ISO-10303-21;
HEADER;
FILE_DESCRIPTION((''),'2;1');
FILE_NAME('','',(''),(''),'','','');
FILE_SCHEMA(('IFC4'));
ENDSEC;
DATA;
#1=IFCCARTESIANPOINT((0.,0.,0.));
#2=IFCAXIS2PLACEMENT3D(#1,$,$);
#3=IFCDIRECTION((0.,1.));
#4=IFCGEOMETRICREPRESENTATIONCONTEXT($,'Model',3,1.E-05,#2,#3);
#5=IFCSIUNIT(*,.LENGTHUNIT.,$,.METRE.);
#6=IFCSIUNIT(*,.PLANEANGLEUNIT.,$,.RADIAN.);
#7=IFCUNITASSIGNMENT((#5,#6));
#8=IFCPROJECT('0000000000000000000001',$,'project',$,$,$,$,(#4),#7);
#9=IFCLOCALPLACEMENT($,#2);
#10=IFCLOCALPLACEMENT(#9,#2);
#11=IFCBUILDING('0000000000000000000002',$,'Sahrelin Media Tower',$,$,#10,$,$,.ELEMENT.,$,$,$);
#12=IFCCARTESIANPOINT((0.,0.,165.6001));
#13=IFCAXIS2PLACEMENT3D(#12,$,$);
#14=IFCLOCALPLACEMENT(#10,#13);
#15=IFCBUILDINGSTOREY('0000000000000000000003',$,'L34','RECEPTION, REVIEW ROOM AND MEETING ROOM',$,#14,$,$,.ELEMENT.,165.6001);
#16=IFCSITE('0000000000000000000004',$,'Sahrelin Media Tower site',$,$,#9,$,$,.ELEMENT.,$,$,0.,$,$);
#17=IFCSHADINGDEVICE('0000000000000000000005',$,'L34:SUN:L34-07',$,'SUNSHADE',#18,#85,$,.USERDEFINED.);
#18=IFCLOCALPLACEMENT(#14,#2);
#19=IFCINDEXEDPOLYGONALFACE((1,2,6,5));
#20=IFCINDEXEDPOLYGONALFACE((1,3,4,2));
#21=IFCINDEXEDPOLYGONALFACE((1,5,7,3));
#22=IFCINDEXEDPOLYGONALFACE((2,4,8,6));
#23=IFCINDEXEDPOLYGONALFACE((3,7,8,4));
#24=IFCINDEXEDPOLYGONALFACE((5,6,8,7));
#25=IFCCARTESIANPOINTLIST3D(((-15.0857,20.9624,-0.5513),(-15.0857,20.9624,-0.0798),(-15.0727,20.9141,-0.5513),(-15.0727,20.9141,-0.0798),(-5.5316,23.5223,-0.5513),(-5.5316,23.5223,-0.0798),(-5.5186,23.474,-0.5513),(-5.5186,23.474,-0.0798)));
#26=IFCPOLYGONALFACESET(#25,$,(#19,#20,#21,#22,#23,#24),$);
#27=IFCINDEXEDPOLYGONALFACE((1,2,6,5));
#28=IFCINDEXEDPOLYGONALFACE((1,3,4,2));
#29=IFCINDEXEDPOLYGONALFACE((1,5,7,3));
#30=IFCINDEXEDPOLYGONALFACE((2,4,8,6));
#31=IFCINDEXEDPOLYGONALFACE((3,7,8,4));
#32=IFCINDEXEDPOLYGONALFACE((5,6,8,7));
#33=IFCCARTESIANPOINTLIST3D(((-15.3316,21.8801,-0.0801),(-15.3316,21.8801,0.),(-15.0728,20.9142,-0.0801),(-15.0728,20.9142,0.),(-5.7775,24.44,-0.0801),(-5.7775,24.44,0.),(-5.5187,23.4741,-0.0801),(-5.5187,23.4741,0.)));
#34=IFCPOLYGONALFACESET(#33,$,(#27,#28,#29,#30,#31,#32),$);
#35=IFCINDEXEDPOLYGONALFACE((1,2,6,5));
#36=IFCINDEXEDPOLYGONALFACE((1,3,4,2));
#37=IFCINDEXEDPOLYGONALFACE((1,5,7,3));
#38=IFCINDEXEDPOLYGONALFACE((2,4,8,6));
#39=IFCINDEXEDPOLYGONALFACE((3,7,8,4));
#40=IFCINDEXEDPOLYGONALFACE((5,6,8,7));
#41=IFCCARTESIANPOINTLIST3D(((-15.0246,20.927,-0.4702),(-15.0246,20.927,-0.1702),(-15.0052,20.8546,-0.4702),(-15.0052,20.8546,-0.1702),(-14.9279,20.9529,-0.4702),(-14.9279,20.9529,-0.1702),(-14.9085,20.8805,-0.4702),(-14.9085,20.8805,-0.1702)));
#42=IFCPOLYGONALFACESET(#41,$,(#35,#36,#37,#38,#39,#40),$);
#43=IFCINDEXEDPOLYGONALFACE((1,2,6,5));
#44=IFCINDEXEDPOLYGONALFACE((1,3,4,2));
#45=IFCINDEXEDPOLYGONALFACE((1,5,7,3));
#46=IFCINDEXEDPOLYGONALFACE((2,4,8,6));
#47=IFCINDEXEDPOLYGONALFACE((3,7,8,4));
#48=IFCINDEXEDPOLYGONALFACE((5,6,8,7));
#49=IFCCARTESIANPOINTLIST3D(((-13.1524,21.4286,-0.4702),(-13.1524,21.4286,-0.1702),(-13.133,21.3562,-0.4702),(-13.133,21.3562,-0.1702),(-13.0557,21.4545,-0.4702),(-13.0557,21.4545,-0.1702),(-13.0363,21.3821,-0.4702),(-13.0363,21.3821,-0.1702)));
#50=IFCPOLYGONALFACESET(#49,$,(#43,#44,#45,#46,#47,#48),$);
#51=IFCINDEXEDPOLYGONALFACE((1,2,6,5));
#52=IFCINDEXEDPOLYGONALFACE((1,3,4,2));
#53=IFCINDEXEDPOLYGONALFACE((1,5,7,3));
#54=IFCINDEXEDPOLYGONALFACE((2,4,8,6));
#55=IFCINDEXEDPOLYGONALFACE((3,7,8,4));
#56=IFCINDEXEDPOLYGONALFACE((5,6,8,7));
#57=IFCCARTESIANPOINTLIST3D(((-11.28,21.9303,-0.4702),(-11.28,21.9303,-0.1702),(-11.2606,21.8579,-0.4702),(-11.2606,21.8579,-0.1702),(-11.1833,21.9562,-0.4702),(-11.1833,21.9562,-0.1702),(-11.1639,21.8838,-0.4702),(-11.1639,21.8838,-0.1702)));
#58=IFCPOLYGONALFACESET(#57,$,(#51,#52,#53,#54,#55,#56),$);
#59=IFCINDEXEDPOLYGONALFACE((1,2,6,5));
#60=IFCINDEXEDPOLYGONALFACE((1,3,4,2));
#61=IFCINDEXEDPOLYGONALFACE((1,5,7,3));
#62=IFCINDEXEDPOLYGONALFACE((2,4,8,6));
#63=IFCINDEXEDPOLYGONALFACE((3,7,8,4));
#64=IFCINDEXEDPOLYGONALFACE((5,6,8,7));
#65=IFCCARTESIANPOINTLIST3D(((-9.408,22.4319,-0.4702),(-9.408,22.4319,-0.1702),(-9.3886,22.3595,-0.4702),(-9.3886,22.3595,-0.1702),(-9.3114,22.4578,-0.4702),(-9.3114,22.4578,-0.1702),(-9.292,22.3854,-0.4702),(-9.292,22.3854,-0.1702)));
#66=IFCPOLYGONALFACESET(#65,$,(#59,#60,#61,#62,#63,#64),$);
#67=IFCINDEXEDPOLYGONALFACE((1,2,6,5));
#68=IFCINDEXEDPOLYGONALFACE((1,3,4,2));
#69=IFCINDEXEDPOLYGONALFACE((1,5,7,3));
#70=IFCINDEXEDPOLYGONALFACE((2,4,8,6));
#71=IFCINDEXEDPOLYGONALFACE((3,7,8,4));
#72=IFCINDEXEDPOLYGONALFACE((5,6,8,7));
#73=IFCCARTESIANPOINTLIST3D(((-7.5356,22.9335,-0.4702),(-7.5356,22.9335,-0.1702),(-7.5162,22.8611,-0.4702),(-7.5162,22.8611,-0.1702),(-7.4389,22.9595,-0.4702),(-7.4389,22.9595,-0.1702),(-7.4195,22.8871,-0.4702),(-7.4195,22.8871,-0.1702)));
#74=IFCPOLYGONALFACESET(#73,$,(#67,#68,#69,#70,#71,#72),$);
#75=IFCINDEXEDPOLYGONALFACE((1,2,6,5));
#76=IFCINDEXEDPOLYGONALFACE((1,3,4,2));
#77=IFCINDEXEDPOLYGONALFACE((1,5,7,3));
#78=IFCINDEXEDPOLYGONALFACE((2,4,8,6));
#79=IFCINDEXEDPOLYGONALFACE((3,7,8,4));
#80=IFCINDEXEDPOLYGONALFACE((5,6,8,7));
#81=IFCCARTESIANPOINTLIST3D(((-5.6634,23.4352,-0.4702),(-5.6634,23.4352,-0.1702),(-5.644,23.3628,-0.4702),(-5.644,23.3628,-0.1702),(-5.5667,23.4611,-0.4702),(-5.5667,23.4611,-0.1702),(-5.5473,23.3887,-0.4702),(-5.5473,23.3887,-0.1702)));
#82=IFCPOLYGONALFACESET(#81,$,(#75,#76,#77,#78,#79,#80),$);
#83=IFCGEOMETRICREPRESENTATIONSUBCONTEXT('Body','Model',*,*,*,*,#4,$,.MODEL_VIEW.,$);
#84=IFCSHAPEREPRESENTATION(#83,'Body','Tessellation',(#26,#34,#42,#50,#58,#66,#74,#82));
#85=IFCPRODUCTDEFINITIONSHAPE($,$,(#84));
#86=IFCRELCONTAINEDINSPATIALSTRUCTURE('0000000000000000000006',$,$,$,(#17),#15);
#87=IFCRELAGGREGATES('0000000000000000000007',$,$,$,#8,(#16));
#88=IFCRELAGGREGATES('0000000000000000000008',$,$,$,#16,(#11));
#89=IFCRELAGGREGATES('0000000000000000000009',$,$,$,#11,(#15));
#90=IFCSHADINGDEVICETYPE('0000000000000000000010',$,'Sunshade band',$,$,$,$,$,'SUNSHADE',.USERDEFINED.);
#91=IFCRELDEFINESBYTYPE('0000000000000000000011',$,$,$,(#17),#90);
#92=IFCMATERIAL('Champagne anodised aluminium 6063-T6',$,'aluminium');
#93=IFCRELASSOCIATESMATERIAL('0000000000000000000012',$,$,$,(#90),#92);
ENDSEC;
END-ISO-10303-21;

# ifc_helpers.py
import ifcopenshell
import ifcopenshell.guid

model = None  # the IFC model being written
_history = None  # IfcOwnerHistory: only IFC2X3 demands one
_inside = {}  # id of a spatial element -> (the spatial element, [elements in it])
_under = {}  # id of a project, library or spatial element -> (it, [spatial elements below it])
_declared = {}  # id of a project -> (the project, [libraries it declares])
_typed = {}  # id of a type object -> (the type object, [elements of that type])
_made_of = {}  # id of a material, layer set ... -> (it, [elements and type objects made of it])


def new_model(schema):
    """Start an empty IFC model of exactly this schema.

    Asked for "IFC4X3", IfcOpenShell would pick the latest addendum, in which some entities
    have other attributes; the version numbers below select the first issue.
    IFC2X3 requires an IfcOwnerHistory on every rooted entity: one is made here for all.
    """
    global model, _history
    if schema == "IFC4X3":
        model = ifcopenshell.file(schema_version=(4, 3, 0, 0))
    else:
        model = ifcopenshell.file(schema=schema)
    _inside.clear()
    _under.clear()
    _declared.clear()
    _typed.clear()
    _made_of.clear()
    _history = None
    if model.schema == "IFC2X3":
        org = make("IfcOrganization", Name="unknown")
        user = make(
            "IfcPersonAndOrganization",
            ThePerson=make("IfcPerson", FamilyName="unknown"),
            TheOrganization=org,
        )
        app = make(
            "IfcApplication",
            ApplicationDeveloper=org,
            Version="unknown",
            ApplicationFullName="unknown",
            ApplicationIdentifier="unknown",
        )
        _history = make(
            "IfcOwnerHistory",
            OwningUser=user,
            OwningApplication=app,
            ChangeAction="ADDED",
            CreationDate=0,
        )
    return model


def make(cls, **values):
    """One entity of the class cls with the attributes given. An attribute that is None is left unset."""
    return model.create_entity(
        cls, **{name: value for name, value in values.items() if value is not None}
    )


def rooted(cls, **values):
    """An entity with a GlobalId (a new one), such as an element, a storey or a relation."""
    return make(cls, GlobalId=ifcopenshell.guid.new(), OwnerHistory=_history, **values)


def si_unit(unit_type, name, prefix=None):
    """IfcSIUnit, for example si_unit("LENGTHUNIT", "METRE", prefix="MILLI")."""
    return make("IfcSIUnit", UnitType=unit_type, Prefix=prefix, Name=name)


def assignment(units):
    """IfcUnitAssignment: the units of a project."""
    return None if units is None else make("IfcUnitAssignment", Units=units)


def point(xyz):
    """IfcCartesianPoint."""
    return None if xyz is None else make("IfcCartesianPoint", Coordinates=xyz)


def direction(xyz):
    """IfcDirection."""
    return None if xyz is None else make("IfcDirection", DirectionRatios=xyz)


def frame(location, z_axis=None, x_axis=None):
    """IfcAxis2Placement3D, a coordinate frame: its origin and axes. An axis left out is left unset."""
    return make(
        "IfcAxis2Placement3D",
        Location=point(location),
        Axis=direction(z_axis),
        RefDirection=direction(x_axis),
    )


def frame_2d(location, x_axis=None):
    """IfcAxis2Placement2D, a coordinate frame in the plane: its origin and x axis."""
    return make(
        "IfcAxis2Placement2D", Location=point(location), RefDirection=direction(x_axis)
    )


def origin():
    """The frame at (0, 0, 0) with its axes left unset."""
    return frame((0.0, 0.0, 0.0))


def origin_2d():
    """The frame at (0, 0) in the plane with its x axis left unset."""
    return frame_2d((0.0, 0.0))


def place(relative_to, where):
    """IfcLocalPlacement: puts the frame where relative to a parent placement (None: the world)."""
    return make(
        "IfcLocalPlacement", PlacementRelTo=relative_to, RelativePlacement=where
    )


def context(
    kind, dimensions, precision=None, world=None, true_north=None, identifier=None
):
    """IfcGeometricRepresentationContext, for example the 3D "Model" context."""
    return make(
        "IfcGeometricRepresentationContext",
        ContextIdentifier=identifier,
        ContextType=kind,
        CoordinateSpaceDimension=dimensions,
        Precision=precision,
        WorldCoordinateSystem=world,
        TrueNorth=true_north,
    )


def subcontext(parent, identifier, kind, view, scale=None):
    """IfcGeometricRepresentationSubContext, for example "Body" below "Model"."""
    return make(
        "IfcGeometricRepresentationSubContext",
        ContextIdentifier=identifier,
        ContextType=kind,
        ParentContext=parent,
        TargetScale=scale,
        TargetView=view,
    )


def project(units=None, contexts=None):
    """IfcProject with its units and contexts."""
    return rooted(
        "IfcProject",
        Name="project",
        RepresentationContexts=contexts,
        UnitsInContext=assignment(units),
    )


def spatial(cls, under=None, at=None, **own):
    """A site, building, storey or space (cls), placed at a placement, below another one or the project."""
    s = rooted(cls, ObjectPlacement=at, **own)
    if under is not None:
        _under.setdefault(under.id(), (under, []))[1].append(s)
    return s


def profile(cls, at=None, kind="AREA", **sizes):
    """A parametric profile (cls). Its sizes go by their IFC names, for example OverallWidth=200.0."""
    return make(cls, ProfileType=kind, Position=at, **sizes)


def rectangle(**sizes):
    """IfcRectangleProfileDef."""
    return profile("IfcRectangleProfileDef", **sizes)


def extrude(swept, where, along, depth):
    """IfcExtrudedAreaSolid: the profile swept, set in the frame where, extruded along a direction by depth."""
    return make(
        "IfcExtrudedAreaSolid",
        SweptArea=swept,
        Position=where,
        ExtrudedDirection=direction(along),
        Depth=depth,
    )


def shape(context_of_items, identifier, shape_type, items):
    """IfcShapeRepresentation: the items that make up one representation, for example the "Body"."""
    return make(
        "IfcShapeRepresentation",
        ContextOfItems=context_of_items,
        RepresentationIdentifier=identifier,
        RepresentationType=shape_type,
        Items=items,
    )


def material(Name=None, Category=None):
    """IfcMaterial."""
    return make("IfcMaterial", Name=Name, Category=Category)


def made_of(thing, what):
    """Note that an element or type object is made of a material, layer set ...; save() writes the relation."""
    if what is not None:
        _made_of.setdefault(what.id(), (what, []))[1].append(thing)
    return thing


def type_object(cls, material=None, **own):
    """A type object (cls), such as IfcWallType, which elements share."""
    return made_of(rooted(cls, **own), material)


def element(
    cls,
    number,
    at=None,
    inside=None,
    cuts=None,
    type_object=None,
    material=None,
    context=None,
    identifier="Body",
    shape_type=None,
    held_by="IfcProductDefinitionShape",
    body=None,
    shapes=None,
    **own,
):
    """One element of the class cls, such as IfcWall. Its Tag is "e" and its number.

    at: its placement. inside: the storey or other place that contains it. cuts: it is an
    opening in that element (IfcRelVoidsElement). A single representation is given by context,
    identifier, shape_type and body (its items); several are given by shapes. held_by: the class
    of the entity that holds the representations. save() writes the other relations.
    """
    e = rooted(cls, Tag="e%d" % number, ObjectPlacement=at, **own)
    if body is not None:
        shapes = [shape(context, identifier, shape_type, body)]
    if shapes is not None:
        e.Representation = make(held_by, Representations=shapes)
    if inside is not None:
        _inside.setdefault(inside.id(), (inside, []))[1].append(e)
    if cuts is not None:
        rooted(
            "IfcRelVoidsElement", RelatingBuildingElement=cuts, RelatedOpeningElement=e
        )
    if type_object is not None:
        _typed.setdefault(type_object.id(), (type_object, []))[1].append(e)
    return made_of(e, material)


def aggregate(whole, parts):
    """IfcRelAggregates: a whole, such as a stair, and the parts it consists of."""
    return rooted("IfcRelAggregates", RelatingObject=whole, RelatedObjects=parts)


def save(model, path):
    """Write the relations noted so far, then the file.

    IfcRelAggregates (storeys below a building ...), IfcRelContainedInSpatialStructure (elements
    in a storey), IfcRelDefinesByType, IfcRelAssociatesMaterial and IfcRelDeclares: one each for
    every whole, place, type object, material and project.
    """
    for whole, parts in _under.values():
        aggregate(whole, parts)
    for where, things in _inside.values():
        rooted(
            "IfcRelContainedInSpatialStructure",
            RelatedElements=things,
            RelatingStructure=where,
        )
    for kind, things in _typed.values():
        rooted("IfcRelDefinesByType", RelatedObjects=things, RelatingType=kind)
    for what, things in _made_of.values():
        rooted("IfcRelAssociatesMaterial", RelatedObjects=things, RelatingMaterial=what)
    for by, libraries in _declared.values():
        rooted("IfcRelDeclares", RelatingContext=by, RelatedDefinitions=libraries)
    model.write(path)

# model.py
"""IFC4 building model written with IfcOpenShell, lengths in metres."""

from ifc_helpers import new_model, si_unit, direction, frame, origin, origin_2d, place, context, subcontext, project, spatial, rectangle, extrude, material, type_object, element, save


model = new_model("IFC4")

# Units and contexts
model_context = context("Model", 3, precision=1e-05, world=origin(), true_north=direction((0.0, 1.0)))
body_context = subcontext(model_context, "Body", "Model", "MODEL_VIEW")
ifc_project = project(units=[si_unit("LENGTHUNIT", "METRE"), si_unit("PLANEANGLEUNIT", "RADIAN")], contexts=[model_context])

# Site, building, storey
site_placement = place(None, origin())
site = spatial("IfcSite", under=ifc_project, at=site_placement, Name="Sahrelin Media Tower site", CompositionType="ELEMENT", RefElevation=0.0)
building_placement = place(site_placement, origin())
building = spatial("IfcBuilding", under=site, at=building_placement, Name="Sahrelin Media Tower", CompositionType="ELEMENT")
storey_placement = place(building_placement, frame((0.0, 0.0, 165.6001)))
storey = spatial("IfcBuildingStorey", under=building, at=storey_placement, Name="L34", Description="RECEPTION, REVIEW ROOM AND MEETING ROOM", CompositionType="ELEMENT", Elevation=165.6001)

# Shared definitions
ifc_material_1 = material(Name="Champagne anodised aluminium 6063-T6", Category="aluminium")

# Shading device
placement = place(storey_placement, frame((-10.2905, 22.1748, 0.0), z_axis=(0.0, 0.0, 1.0), x_axis=(0.965929, 0.258808, 0.0)))
shading_device_type_1 = type_object("IfcShadingDeviceType", Name="Sunshade band", ElementType="SUNSHADE", PredefinedType="USERDEFINED", material=ifc_material_1)
element("IfcShadingDevice", 1, at=placement, inside=storey, type_object=shading_device_type_1, Name="L34:SUN:L34-07", ObjectType="SUNSHADE", PredefinedType="USERDEFINED", context=body_context, shape_type="SweptSolid", body=[
    extrude(rectangle(XDim=9.8911, YDim=0.05, at=origin_2d()), frame((0.0, 0.0449, -0.5513)), (0.0, 0.0, 1.0), 0.4714),
    extrude(rectangle(XDim=9.8911, YDim=1.0, at=origin_2d()), frame((0.0, 0.52, -0.0801)), (0.0, 0.0, 1.0), 0.0801),
    extrude(rectangle(XDim=0.1001, YDim=0.075, at=origin_2d()), frame((-4.8457, -0.0176, -0.4702)), (0.0, 0.0, 1.0), 0.3),
    extrude(rectangle(XDim=0.1001, YDim=0.075, at=origin_2d()), frame((-2.9075, -0.0176, -0.4702)), (0.0, 0.0, 1.0), 0.3),
    extrude(rectangle(XDim=0.1001, YDim=0.075, at=origin_2d()), frame((-0.969, -0.0176, -0.4702)), (0.0, 0.0, 1.0), 0.3),
    extrude(rectangle(XDim=0.1001, YDim=0.075, at=origin_2d()), frame((0.969, -0.0176, -0.4702)), (0.0, 0.0, 1.0), 0.3),
    extrude(rectangle(XDim=0.1001, YDim=0.075, at=origin_2d()), frame((2.9075, -0.0176, -0.4702)), (0.0, 0.0, 1.0), 0.3),
    extrude(rectangle(XDim=0.1001, YDim=0.075, at=origin_2d()), frame((4.8457, -0.0176, -0.4702)), (0.0, 0.0, 1.0), 0.3),
])

save(model, "model.ifc")
